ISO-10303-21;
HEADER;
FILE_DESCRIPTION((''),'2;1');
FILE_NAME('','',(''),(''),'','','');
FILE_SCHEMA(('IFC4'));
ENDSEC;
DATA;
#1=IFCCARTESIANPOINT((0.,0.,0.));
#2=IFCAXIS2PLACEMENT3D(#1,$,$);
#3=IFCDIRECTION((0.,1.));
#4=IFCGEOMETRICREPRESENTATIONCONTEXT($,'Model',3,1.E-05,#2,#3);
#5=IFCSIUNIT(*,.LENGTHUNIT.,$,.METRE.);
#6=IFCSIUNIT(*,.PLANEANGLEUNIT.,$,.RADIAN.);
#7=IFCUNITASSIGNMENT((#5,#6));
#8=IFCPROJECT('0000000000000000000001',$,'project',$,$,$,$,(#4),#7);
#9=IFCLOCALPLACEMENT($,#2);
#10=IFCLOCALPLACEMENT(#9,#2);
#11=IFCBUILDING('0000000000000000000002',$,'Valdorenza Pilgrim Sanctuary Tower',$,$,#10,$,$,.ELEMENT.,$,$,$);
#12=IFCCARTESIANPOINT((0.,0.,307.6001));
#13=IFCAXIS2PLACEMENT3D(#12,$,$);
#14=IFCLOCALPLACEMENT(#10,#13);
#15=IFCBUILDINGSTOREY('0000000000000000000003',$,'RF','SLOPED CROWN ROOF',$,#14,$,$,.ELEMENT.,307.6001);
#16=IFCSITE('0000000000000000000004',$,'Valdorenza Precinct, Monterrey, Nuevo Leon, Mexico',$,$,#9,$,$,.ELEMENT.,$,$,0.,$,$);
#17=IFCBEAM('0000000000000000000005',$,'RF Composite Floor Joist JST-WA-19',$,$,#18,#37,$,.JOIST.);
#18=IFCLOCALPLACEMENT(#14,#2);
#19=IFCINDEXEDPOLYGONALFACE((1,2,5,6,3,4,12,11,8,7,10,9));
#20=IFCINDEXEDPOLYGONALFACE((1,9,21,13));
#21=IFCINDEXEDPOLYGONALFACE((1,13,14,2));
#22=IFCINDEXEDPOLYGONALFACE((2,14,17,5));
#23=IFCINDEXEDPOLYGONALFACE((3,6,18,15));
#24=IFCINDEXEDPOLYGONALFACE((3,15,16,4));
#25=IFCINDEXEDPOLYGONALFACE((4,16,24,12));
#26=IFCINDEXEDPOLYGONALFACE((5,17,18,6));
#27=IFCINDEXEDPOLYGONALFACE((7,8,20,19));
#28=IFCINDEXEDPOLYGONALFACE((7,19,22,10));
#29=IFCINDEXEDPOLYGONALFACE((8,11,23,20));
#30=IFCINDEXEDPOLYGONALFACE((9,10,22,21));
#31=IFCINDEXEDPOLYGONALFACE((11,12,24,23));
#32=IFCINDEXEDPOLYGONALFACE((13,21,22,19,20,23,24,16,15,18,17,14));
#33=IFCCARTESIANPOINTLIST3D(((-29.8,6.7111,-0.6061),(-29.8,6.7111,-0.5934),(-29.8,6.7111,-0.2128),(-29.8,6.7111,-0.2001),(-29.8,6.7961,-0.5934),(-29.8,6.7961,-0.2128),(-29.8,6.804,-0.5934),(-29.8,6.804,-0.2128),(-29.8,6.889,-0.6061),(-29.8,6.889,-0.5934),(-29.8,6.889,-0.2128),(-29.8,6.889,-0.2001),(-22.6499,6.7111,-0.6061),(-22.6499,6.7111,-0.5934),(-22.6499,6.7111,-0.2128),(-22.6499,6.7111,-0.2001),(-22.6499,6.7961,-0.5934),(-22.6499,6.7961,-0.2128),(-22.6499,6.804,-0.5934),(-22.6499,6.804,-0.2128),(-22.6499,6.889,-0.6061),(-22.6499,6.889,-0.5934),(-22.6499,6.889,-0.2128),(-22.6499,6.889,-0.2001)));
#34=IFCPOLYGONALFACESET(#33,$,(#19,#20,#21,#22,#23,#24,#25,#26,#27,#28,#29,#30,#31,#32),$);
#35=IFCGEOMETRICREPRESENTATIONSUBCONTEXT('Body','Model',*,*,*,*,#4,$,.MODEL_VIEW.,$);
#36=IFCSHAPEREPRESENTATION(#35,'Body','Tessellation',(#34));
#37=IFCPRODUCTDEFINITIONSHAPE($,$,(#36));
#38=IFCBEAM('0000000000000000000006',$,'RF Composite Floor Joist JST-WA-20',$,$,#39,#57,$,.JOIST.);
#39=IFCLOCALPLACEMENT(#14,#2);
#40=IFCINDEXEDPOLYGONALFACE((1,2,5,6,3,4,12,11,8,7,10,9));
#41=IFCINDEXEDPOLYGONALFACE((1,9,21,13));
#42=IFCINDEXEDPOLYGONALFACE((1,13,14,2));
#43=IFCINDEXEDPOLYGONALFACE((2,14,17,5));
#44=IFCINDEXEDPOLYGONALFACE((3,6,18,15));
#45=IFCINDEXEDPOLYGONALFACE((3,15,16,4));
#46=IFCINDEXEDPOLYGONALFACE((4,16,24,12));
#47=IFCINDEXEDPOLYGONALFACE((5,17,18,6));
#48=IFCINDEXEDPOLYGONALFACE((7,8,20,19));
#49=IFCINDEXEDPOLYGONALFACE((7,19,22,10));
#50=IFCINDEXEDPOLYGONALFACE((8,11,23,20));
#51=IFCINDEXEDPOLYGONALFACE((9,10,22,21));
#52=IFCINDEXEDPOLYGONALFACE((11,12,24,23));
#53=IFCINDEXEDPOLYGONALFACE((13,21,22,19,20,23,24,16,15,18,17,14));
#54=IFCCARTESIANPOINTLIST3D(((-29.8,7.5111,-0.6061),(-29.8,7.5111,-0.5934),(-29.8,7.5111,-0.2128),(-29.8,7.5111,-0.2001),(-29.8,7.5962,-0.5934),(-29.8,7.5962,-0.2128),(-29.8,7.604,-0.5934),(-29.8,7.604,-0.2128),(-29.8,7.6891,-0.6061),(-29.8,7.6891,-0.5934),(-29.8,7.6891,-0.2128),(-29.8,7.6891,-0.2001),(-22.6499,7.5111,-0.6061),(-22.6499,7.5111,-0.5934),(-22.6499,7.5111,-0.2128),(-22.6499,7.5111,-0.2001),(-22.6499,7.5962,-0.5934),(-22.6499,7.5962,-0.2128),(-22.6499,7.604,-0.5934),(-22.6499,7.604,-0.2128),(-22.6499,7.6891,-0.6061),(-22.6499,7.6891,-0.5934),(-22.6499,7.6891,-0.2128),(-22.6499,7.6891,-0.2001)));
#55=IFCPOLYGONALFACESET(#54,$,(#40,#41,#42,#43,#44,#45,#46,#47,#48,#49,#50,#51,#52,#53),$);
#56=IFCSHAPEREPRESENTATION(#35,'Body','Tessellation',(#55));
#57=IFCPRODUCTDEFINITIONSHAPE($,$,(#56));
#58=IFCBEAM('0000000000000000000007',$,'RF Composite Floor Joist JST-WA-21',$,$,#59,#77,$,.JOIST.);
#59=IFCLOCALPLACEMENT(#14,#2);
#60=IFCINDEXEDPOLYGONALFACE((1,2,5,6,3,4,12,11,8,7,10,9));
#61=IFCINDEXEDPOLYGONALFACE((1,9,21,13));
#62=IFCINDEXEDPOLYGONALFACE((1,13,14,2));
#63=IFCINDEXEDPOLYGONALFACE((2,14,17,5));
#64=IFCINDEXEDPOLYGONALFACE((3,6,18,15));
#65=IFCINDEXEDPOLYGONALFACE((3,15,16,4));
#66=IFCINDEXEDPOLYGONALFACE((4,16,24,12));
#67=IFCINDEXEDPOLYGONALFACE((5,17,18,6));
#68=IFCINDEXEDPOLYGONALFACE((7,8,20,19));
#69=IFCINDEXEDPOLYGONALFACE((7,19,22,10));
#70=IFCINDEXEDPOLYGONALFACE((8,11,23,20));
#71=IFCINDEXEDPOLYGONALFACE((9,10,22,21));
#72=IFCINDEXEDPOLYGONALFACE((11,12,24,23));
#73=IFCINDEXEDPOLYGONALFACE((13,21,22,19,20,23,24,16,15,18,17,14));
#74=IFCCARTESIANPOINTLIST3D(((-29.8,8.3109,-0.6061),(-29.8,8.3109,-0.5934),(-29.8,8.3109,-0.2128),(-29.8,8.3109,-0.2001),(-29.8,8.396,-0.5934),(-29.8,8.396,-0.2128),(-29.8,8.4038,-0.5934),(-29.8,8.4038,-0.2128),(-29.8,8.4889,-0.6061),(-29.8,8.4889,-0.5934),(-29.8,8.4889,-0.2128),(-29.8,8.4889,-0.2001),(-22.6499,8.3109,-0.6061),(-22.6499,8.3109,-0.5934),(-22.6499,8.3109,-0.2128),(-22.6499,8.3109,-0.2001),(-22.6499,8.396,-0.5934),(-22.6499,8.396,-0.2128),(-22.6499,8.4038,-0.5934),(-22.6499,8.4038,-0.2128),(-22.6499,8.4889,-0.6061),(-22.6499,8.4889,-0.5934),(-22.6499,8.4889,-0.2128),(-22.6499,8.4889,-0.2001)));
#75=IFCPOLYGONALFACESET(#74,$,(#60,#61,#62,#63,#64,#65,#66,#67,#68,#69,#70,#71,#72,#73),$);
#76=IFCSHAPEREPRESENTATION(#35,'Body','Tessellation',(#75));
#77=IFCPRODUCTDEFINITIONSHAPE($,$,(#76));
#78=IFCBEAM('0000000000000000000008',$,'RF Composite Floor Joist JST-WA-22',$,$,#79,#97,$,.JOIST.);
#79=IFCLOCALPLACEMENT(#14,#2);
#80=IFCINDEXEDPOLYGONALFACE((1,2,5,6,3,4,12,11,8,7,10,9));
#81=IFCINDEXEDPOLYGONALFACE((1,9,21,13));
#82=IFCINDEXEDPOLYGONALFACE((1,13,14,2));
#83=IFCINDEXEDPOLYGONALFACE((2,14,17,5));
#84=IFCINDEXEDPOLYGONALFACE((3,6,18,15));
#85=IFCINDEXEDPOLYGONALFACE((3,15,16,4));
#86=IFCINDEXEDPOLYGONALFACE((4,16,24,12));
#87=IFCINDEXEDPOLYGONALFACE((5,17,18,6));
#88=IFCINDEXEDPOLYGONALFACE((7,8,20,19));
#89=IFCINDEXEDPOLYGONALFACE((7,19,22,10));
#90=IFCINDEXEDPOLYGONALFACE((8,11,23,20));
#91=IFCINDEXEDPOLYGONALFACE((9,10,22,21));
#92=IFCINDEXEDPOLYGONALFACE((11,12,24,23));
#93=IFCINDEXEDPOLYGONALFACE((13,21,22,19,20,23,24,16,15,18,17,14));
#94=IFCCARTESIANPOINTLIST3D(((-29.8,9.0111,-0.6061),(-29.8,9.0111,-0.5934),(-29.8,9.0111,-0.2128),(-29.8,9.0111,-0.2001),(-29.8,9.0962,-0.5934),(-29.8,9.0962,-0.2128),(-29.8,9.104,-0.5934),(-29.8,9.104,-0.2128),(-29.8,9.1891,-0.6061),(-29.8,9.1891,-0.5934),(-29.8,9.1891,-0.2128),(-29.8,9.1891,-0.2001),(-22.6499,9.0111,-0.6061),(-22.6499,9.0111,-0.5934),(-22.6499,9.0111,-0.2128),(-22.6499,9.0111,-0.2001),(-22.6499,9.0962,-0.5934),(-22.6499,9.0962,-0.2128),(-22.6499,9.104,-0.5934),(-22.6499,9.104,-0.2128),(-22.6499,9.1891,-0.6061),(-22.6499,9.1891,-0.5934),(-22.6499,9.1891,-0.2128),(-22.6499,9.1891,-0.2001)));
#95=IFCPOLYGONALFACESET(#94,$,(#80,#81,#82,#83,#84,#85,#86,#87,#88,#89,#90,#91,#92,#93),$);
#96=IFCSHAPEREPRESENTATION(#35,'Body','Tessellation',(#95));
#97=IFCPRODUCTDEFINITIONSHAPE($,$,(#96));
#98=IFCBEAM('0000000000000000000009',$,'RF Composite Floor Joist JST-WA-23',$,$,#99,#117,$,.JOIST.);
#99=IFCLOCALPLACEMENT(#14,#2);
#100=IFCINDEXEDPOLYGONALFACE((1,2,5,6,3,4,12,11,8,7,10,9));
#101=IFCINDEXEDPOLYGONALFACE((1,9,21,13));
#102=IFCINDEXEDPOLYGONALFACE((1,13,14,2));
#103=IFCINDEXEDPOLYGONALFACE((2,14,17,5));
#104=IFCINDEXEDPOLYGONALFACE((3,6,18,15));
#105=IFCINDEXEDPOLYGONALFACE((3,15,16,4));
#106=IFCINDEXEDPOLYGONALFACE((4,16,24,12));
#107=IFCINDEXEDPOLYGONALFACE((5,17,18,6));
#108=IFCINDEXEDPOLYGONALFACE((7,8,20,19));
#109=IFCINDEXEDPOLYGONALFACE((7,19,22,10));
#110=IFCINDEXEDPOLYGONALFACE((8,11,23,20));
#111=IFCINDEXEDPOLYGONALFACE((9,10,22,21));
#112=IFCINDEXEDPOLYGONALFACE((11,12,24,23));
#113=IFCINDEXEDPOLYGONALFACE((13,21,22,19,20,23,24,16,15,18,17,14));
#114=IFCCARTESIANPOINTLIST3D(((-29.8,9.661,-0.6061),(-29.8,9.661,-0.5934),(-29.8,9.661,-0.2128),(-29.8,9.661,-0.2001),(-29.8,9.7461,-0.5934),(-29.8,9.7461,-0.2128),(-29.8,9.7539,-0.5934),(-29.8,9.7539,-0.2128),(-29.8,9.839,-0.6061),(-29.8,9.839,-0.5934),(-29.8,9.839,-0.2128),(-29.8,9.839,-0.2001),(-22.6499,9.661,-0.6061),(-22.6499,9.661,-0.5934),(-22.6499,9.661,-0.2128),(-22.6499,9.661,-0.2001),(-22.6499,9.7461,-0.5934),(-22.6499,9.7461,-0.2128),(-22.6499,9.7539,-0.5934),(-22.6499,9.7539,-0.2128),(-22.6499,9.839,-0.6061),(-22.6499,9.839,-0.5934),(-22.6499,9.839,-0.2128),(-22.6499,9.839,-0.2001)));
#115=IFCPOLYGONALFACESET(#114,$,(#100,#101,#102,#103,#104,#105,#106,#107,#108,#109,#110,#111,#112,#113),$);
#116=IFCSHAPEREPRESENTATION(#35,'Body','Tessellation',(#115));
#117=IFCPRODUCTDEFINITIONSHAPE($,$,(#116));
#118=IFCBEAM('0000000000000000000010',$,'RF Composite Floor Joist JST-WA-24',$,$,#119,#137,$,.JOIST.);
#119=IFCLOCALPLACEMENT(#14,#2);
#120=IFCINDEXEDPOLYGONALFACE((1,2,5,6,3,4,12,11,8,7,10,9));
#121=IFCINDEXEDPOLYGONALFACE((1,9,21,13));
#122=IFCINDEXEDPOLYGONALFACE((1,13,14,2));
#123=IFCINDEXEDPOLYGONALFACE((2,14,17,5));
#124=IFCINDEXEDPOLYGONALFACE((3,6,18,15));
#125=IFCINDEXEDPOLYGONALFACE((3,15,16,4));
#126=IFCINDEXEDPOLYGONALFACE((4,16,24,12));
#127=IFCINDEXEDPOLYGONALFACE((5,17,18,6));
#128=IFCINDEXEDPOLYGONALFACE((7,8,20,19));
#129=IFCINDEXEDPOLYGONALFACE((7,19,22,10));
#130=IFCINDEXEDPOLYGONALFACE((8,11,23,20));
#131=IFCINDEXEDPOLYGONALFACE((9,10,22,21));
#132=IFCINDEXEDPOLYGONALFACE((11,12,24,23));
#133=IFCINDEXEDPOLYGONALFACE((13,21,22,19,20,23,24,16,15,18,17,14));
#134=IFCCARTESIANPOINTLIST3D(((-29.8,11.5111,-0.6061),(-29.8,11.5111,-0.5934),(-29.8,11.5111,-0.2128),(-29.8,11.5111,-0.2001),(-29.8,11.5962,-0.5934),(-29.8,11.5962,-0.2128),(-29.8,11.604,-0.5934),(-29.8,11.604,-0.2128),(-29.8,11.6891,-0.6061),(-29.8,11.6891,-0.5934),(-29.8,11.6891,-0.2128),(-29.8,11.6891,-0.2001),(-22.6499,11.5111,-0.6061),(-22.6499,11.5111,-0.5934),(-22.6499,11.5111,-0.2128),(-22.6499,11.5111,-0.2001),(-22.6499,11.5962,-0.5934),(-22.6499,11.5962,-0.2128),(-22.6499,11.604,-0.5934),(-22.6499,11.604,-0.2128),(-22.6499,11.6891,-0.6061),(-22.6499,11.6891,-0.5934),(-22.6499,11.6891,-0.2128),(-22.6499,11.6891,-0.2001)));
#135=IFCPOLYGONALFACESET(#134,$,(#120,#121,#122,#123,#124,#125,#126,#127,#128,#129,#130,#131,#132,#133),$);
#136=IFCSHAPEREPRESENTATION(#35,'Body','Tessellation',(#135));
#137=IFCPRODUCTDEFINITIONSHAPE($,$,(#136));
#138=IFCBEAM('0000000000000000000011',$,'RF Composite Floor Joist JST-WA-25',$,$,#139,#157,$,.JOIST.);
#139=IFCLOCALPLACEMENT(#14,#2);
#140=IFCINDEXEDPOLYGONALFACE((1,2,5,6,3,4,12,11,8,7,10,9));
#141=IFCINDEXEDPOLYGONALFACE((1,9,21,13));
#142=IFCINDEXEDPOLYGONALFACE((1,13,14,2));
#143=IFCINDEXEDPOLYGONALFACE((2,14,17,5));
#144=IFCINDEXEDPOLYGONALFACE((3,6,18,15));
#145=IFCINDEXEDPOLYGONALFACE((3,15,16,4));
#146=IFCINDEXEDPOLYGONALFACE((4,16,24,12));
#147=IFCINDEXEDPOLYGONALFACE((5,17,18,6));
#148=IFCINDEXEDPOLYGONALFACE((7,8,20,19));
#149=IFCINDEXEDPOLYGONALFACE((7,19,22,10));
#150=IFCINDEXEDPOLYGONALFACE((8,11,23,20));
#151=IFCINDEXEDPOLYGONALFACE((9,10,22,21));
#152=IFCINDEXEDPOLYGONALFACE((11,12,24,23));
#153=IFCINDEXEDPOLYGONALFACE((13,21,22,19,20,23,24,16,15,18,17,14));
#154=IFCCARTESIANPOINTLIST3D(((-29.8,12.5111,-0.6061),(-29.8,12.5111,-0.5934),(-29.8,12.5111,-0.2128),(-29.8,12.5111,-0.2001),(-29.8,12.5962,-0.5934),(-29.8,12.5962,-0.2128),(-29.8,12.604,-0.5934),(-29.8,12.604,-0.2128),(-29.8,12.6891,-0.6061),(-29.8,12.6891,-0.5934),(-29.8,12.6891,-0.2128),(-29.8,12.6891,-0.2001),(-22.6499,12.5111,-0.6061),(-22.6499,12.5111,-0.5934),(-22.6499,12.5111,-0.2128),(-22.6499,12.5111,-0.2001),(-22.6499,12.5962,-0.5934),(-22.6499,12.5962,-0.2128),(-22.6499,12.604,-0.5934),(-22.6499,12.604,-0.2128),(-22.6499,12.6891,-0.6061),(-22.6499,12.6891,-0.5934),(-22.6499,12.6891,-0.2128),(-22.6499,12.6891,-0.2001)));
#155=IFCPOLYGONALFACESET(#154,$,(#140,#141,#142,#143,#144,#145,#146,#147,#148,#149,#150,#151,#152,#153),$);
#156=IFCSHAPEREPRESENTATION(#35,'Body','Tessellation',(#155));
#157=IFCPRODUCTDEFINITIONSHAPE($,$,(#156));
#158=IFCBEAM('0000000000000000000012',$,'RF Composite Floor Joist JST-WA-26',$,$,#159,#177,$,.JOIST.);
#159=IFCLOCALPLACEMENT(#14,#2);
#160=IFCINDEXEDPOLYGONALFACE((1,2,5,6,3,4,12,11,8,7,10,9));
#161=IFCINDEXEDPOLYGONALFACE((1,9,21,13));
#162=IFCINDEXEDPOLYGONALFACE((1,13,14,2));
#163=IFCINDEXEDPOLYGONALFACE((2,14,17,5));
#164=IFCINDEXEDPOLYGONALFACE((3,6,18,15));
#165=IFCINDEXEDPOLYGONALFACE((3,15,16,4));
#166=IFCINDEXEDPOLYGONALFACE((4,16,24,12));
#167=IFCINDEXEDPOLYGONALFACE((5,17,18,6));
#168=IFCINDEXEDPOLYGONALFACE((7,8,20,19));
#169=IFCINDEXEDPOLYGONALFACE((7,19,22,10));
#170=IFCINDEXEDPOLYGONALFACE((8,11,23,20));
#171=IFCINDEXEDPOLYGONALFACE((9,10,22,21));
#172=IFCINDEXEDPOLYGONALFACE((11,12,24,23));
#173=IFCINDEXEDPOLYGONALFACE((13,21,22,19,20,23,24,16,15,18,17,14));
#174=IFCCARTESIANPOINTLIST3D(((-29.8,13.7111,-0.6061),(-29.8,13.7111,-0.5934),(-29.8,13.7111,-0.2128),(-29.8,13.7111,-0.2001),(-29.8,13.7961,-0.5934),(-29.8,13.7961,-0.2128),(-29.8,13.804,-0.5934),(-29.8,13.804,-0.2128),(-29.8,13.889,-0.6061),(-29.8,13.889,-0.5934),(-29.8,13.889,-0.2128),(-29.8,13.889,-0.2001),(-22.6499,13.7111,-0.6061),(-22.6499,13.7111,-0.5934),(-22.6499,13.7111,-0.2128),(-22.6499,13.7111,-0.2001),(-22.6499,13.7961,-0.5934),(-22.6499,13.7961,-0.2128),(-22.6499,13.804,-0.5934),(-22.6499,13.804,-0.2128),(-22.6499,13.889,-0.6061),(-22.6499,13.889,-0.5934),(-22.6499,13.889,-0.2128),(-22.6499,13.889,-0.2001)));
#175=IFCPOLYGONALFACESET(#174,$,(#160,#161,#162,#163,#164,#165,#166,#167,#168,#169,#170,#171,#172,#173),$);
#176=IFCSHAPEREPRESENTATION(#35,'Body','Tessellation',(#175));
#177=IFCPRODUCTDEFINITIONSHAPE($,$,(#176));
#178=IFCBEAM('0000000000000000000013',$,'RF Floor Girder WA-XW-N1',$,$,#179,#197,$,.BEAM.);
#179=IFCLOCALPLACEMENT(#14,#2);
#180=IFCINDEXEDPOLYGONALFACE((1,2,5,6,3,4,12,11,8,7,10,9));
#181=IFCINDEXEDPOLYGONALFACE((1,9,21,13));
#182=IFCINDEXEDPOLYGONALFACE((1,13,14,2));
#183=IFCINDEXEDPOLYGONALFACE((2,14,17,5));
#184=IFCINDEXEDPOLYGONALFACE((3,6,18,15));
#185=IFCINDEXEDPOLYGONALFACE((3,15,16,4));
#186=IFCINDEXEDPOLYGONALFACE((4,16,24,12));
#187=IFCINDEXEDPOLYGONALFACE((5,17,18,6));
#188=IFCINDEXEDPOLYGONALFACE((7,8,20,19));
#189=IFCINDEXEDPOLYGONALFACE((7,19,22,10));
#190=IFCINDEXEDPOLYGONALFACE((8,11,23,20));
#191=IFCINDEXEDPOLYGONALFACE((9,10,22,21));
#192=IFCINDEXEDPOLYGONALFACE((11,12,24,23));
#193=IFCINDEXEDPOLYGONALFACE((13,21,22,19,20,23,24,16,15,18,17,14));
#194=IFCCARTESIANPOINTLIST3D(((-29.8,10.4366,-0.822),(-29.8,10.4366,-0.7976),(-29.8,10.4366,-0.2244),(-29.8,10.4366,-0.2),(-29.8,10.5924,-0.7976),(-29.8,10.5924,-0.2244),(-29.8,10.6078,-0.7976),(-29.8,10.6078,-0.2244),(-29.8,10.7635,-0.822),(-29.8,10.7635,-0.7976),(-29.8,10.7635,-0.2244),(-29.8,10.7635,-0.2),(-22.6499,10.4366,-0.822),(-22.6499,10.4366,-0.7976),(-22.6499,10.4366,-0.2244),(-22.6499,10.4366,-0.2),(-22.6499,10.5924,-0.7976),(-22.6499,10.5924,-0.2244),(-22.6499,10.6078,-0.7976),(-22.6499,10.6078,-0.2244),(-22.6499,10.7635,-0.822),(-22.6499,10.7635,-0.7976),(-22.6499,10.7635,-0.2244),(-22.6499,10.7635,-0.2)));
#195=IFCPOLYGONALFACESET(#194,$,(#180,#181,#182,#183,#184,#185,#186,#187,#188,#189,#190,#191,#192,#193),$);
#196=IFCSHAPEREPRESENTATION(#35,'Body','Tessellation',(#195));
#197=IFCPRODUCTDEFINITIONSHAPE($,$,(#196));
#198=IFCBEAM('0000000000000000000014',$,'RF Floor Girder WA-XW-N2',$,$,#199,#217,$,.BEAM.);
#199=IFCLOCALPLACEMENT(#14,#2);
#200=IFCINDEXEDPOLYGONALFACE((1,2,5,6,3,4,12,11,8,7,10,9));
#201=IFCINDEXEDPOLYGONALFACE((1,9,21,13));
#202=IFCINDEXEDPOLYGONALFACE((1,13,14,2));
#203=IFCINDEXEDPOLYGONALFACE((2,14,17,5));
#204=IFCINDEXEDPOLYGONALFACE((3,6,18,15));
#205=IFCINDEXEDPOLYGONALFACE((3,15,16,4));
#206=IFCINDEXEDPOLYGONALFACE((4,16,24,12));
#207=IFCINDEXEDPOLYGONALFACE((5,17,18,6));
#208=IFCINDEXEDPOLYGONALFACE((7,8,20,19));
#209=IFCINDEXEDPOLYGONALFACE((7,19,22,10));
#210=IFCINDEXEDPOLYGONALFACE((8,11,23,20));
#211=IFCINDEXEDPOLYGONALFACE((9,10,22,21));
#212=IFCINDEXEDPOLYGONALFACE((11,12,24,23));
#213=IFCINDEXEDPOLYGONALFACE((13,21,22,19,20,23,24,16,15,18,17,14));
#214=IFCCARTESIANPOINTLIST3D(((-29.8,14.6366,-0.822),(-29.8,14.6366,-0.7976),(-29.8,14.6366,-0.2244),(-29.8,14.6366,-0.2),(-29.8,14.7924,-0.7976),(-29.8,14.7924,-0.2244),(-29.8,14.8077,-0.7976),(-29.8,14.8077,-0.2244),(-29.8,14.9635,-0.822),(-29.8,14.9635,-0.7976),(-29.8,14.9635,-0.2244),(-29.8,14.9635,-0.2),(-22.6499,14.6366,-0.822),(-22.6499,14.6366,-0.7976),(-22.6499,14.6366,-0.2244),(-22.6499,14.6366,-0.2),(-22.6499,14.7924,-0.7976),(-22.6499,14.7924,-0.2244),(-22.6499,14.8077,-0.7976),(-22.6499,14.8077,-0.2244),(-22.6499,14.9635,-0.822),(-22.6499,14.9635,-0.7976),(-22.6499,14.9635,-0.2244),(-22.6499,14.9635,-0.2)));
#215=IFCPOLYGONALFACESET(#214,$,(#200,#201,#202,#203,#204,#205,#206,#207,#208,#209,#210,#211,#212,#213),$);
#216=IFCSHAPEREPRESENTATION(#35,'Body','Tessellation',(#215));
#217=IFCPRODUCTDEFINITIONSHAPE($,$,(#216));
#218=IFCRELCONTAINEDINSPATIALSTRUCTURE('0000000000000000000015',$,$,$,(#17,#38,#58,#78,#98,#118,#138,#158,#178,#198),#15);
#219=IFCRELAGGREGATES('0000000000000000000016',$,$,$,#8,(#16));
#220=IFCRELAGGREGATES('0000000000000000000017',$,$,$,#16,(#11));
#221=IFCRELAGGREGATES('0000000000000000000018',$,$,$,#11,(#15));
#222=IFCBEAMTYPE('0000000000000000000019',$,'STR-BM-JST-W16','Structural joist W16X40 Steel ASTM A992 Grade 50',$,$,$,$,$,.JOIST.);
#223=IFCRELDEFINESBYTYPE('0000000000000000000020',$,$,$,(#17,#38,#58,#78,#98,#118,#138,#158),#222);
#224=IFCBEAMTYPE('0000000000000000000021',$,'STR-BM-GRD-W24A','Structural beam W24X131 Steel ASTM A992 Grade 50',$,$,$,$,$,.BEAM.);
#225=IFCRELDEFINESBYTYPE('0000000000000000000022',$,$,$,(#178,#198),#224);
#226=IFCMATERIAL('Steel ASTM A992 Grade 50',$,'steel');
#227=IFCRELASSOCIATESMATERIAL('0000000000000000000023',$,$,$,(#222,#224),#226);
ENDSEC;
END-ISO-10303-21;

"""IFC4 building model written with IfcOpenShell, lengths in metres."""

from ifc_helpers import new_model, si_unit, direction, frame, origin, origin_2d, place, context, subcontext, project, spatial, i_section, extrude, source, transform, mapped, material, material_profile, profile_set, type_object, element, save


model = new_model("IFC4")

# Units and contexts
model_context = context("Model", 3, precision=1e-05, world=origin(), true_north=direction((0.0, 1.0)))
body_context = subcontext(model_context, "Body", "Model", "MODEL_VIEW")
ifc_project = project(units=[si_unit("LENGTHUNIT", "METRE"), si_unit("PLANEANGLEUNIT", "RADIAN")], contexts=[model_context])

# Site, building, storey
site_placement = place(None, origin())
site = spatial("IfcSite", under=ifc_project, at=site_placement, Name="Valdorenza Precinct, Monterrey, Nuevo Leon, Mexico", CompositionType="ELEMENT", RefElevation=0.0)
building_placement = place(site_placement, origin())
building = spatial("IfcBuilding", under=site, at=building_placement, Name="Valdorenza Pilgrim Sanctuary Tower", CompositionType="ELEMENT")
storey_placement = place(building_placement, frame((0.0, 0.0, 307.6001)))
storey = spatial("IfcBuildingStorey", under=building, at=storey_placement, Name="RF", Description="SLOPED CROWN ROOF", CompositionType="ELEMENT", Elevation=307.6001)

# Shared definitions
ifc_material_1 = material(Name="Steel ASTM A992 Grade 50", Category="steel")

# Beams
ifc_material_profile_1 = material_profile(ifc_material_1, i_section(OverallWidth=0.178, OverallDepth=0.406, WebThickness=0.0078, FlangeThickness=0.0127, at=origin_2d()), Name="W16X40")
ifc_profile_set_1 = profile_set([ifc_material_profile_1], Name="Steel ASTM A992 Grade 50")
beam_type_1 = type_object("IfcBeamType", Name="STR-BM-JST-W16", Description="Structural joist W16X40 Steel ASTM A992 Grade 50", PredefinedType="JOIST", material=ifc_profile_set_1)
shared_shape_1 = source(origin(), body_context, "Body", "SweptSolid", [
    extrude(i_section(OverallWidth=0.178, OverallDepth=0.406, WebThickness=0.0078, FlangeThickness=0.0127, at=origin_2d()), origin(), (0.0, 0.0, 1.0), 7.1501),
])
for number, where, z_axis, x_axis, name in (
    (1, (-29.8, 6.8, -0.4031), (1.0, 0.0, 0.0), (0.0, 1.0, 0.0), "RF Composite Floor Joist JST-WA-19"),
    (2, (-29.8, 7.6001, -0.4031), (1.0, 0.0, 0.0), (0.0, 1.0, 0.0), "RF Composite Floor Joist JST-WA-20"),
    (3, (-29.8, 8.3999, -0.4031), (1.0, 0.0, 0.0), (0.0, 1.0, 0.0), "RF Composite Floor Joist JST-WA-21"),
    (4, (-29.8, 9.1001, -0.4031), (1.0, 0.0, 0.0), (0.0, 1.0, 0.0), "RF Composite Floor Joist JST-WA-22"),
    (5, (-29.8, 9.75, -0.4031), (1.0, 0.0, 0.0), (0.0, 1.0, 0.0), "RF Composite Floor Joist JST-WA-23"),
    (6, (-29.8, 11.6001, -0.4031), (1.0, 0.0, 0.0), (0.0, 1.0, 0.0), "RF Composite Floor Joist JST-WA-24"),
    (7, (-29.8, 12.6001, -0.4031), (1.0, 0.0, 0.0), (0.0, 1.0, 0.0), "RF Composite Floor Joist JST-WA-25"),
    (8, (-29.8, 13.8, -0.4031), (1.0, 0.0, 0.0), (0.0, 1.0, 0.0), "RF Composite Floor Joist JST-WA-26"),
):
    element("IfcBeam", number, at=place(storey_placement, frame(where, z_axis=z_axis, x_axis=x_axis)), inside=storey, type_object=beam_type_1, Name=name, PredefinedType="JOIST", context=body_context, shape_type="MappedRepresentation", body=[
        mapped(shared_shape_1, transform((0.0, 0.0, 0.0), x_axis=(1.0, 0.0, 0.0), y_axis=(0.0, 1.0, 0.0), z_axis=(0.0, 0.0, 1.0), scale=1.0)),
    ])
ifc_material_profile_2 = material_profile(ifc_material_1, i_section(OverallWidth=0.3269, OverallDepth=0.6221, WebThickness=0.0154, FlangeThickness=0.0244, at=origin_2d()), Name="W24X131")
ifc_profile_set_2 = profile_set([ifc_material_profile_2], Name="Steel ASTM A992 Grade 50")
beam_type_2 = type_object("IfcBeamType", Name="STR-BM-GRD-W24A", Description="Structural beam W24X131 Steel ASTM A992 Grade 50", PredefinedType="BEAM", material=ifc_profile_set_2)
shared_shape_2 = source(origin(), body_context, "Body", "SweptSolid", [
    extrude(i_section(OverallWidth=0.3269, OverallDepth=0.6221, WebThickness=0.0154, FlangeThickness=0.0244, at=origin_2d()), origin(), (0.0, 0.0, 1.0), 7.1501),
])
for number, where, z_axis, x_axis, name in (
    (9, (-29.8, 10.6001, -0.511), (1.0, 0.0, 0.0), (0.0, 1.0, 0.0), "RF Floor Girder WA-XW-N1"),
    (10, (-29.8, 14.8, -0.511), (1.0, 0.0, 0.0), (0.0, 1.0, 0.0), "RF Floor Girder WA-XW-N2"),
):
    element("IfcBeam", number, at=place(storey_placement, frame(where, z_axis=z_axis, x_axis=x_axis)), inside=storey, type_object=beam_type_2, Name=name, PredefinedType="BEAM", context=body_context, shape_type="MappedRepresentation", body=[
        mapped(shared_shape_2, transform((0.0, 0.0, 0.0), x_axis=(1.0, 0.0, 0.0), y_axis=(0.0, 1.0, 0.0), z_axis=(0.0, 0.0, 1.0), scale=1.0)),
    ])

save(model, "model.ifc")
